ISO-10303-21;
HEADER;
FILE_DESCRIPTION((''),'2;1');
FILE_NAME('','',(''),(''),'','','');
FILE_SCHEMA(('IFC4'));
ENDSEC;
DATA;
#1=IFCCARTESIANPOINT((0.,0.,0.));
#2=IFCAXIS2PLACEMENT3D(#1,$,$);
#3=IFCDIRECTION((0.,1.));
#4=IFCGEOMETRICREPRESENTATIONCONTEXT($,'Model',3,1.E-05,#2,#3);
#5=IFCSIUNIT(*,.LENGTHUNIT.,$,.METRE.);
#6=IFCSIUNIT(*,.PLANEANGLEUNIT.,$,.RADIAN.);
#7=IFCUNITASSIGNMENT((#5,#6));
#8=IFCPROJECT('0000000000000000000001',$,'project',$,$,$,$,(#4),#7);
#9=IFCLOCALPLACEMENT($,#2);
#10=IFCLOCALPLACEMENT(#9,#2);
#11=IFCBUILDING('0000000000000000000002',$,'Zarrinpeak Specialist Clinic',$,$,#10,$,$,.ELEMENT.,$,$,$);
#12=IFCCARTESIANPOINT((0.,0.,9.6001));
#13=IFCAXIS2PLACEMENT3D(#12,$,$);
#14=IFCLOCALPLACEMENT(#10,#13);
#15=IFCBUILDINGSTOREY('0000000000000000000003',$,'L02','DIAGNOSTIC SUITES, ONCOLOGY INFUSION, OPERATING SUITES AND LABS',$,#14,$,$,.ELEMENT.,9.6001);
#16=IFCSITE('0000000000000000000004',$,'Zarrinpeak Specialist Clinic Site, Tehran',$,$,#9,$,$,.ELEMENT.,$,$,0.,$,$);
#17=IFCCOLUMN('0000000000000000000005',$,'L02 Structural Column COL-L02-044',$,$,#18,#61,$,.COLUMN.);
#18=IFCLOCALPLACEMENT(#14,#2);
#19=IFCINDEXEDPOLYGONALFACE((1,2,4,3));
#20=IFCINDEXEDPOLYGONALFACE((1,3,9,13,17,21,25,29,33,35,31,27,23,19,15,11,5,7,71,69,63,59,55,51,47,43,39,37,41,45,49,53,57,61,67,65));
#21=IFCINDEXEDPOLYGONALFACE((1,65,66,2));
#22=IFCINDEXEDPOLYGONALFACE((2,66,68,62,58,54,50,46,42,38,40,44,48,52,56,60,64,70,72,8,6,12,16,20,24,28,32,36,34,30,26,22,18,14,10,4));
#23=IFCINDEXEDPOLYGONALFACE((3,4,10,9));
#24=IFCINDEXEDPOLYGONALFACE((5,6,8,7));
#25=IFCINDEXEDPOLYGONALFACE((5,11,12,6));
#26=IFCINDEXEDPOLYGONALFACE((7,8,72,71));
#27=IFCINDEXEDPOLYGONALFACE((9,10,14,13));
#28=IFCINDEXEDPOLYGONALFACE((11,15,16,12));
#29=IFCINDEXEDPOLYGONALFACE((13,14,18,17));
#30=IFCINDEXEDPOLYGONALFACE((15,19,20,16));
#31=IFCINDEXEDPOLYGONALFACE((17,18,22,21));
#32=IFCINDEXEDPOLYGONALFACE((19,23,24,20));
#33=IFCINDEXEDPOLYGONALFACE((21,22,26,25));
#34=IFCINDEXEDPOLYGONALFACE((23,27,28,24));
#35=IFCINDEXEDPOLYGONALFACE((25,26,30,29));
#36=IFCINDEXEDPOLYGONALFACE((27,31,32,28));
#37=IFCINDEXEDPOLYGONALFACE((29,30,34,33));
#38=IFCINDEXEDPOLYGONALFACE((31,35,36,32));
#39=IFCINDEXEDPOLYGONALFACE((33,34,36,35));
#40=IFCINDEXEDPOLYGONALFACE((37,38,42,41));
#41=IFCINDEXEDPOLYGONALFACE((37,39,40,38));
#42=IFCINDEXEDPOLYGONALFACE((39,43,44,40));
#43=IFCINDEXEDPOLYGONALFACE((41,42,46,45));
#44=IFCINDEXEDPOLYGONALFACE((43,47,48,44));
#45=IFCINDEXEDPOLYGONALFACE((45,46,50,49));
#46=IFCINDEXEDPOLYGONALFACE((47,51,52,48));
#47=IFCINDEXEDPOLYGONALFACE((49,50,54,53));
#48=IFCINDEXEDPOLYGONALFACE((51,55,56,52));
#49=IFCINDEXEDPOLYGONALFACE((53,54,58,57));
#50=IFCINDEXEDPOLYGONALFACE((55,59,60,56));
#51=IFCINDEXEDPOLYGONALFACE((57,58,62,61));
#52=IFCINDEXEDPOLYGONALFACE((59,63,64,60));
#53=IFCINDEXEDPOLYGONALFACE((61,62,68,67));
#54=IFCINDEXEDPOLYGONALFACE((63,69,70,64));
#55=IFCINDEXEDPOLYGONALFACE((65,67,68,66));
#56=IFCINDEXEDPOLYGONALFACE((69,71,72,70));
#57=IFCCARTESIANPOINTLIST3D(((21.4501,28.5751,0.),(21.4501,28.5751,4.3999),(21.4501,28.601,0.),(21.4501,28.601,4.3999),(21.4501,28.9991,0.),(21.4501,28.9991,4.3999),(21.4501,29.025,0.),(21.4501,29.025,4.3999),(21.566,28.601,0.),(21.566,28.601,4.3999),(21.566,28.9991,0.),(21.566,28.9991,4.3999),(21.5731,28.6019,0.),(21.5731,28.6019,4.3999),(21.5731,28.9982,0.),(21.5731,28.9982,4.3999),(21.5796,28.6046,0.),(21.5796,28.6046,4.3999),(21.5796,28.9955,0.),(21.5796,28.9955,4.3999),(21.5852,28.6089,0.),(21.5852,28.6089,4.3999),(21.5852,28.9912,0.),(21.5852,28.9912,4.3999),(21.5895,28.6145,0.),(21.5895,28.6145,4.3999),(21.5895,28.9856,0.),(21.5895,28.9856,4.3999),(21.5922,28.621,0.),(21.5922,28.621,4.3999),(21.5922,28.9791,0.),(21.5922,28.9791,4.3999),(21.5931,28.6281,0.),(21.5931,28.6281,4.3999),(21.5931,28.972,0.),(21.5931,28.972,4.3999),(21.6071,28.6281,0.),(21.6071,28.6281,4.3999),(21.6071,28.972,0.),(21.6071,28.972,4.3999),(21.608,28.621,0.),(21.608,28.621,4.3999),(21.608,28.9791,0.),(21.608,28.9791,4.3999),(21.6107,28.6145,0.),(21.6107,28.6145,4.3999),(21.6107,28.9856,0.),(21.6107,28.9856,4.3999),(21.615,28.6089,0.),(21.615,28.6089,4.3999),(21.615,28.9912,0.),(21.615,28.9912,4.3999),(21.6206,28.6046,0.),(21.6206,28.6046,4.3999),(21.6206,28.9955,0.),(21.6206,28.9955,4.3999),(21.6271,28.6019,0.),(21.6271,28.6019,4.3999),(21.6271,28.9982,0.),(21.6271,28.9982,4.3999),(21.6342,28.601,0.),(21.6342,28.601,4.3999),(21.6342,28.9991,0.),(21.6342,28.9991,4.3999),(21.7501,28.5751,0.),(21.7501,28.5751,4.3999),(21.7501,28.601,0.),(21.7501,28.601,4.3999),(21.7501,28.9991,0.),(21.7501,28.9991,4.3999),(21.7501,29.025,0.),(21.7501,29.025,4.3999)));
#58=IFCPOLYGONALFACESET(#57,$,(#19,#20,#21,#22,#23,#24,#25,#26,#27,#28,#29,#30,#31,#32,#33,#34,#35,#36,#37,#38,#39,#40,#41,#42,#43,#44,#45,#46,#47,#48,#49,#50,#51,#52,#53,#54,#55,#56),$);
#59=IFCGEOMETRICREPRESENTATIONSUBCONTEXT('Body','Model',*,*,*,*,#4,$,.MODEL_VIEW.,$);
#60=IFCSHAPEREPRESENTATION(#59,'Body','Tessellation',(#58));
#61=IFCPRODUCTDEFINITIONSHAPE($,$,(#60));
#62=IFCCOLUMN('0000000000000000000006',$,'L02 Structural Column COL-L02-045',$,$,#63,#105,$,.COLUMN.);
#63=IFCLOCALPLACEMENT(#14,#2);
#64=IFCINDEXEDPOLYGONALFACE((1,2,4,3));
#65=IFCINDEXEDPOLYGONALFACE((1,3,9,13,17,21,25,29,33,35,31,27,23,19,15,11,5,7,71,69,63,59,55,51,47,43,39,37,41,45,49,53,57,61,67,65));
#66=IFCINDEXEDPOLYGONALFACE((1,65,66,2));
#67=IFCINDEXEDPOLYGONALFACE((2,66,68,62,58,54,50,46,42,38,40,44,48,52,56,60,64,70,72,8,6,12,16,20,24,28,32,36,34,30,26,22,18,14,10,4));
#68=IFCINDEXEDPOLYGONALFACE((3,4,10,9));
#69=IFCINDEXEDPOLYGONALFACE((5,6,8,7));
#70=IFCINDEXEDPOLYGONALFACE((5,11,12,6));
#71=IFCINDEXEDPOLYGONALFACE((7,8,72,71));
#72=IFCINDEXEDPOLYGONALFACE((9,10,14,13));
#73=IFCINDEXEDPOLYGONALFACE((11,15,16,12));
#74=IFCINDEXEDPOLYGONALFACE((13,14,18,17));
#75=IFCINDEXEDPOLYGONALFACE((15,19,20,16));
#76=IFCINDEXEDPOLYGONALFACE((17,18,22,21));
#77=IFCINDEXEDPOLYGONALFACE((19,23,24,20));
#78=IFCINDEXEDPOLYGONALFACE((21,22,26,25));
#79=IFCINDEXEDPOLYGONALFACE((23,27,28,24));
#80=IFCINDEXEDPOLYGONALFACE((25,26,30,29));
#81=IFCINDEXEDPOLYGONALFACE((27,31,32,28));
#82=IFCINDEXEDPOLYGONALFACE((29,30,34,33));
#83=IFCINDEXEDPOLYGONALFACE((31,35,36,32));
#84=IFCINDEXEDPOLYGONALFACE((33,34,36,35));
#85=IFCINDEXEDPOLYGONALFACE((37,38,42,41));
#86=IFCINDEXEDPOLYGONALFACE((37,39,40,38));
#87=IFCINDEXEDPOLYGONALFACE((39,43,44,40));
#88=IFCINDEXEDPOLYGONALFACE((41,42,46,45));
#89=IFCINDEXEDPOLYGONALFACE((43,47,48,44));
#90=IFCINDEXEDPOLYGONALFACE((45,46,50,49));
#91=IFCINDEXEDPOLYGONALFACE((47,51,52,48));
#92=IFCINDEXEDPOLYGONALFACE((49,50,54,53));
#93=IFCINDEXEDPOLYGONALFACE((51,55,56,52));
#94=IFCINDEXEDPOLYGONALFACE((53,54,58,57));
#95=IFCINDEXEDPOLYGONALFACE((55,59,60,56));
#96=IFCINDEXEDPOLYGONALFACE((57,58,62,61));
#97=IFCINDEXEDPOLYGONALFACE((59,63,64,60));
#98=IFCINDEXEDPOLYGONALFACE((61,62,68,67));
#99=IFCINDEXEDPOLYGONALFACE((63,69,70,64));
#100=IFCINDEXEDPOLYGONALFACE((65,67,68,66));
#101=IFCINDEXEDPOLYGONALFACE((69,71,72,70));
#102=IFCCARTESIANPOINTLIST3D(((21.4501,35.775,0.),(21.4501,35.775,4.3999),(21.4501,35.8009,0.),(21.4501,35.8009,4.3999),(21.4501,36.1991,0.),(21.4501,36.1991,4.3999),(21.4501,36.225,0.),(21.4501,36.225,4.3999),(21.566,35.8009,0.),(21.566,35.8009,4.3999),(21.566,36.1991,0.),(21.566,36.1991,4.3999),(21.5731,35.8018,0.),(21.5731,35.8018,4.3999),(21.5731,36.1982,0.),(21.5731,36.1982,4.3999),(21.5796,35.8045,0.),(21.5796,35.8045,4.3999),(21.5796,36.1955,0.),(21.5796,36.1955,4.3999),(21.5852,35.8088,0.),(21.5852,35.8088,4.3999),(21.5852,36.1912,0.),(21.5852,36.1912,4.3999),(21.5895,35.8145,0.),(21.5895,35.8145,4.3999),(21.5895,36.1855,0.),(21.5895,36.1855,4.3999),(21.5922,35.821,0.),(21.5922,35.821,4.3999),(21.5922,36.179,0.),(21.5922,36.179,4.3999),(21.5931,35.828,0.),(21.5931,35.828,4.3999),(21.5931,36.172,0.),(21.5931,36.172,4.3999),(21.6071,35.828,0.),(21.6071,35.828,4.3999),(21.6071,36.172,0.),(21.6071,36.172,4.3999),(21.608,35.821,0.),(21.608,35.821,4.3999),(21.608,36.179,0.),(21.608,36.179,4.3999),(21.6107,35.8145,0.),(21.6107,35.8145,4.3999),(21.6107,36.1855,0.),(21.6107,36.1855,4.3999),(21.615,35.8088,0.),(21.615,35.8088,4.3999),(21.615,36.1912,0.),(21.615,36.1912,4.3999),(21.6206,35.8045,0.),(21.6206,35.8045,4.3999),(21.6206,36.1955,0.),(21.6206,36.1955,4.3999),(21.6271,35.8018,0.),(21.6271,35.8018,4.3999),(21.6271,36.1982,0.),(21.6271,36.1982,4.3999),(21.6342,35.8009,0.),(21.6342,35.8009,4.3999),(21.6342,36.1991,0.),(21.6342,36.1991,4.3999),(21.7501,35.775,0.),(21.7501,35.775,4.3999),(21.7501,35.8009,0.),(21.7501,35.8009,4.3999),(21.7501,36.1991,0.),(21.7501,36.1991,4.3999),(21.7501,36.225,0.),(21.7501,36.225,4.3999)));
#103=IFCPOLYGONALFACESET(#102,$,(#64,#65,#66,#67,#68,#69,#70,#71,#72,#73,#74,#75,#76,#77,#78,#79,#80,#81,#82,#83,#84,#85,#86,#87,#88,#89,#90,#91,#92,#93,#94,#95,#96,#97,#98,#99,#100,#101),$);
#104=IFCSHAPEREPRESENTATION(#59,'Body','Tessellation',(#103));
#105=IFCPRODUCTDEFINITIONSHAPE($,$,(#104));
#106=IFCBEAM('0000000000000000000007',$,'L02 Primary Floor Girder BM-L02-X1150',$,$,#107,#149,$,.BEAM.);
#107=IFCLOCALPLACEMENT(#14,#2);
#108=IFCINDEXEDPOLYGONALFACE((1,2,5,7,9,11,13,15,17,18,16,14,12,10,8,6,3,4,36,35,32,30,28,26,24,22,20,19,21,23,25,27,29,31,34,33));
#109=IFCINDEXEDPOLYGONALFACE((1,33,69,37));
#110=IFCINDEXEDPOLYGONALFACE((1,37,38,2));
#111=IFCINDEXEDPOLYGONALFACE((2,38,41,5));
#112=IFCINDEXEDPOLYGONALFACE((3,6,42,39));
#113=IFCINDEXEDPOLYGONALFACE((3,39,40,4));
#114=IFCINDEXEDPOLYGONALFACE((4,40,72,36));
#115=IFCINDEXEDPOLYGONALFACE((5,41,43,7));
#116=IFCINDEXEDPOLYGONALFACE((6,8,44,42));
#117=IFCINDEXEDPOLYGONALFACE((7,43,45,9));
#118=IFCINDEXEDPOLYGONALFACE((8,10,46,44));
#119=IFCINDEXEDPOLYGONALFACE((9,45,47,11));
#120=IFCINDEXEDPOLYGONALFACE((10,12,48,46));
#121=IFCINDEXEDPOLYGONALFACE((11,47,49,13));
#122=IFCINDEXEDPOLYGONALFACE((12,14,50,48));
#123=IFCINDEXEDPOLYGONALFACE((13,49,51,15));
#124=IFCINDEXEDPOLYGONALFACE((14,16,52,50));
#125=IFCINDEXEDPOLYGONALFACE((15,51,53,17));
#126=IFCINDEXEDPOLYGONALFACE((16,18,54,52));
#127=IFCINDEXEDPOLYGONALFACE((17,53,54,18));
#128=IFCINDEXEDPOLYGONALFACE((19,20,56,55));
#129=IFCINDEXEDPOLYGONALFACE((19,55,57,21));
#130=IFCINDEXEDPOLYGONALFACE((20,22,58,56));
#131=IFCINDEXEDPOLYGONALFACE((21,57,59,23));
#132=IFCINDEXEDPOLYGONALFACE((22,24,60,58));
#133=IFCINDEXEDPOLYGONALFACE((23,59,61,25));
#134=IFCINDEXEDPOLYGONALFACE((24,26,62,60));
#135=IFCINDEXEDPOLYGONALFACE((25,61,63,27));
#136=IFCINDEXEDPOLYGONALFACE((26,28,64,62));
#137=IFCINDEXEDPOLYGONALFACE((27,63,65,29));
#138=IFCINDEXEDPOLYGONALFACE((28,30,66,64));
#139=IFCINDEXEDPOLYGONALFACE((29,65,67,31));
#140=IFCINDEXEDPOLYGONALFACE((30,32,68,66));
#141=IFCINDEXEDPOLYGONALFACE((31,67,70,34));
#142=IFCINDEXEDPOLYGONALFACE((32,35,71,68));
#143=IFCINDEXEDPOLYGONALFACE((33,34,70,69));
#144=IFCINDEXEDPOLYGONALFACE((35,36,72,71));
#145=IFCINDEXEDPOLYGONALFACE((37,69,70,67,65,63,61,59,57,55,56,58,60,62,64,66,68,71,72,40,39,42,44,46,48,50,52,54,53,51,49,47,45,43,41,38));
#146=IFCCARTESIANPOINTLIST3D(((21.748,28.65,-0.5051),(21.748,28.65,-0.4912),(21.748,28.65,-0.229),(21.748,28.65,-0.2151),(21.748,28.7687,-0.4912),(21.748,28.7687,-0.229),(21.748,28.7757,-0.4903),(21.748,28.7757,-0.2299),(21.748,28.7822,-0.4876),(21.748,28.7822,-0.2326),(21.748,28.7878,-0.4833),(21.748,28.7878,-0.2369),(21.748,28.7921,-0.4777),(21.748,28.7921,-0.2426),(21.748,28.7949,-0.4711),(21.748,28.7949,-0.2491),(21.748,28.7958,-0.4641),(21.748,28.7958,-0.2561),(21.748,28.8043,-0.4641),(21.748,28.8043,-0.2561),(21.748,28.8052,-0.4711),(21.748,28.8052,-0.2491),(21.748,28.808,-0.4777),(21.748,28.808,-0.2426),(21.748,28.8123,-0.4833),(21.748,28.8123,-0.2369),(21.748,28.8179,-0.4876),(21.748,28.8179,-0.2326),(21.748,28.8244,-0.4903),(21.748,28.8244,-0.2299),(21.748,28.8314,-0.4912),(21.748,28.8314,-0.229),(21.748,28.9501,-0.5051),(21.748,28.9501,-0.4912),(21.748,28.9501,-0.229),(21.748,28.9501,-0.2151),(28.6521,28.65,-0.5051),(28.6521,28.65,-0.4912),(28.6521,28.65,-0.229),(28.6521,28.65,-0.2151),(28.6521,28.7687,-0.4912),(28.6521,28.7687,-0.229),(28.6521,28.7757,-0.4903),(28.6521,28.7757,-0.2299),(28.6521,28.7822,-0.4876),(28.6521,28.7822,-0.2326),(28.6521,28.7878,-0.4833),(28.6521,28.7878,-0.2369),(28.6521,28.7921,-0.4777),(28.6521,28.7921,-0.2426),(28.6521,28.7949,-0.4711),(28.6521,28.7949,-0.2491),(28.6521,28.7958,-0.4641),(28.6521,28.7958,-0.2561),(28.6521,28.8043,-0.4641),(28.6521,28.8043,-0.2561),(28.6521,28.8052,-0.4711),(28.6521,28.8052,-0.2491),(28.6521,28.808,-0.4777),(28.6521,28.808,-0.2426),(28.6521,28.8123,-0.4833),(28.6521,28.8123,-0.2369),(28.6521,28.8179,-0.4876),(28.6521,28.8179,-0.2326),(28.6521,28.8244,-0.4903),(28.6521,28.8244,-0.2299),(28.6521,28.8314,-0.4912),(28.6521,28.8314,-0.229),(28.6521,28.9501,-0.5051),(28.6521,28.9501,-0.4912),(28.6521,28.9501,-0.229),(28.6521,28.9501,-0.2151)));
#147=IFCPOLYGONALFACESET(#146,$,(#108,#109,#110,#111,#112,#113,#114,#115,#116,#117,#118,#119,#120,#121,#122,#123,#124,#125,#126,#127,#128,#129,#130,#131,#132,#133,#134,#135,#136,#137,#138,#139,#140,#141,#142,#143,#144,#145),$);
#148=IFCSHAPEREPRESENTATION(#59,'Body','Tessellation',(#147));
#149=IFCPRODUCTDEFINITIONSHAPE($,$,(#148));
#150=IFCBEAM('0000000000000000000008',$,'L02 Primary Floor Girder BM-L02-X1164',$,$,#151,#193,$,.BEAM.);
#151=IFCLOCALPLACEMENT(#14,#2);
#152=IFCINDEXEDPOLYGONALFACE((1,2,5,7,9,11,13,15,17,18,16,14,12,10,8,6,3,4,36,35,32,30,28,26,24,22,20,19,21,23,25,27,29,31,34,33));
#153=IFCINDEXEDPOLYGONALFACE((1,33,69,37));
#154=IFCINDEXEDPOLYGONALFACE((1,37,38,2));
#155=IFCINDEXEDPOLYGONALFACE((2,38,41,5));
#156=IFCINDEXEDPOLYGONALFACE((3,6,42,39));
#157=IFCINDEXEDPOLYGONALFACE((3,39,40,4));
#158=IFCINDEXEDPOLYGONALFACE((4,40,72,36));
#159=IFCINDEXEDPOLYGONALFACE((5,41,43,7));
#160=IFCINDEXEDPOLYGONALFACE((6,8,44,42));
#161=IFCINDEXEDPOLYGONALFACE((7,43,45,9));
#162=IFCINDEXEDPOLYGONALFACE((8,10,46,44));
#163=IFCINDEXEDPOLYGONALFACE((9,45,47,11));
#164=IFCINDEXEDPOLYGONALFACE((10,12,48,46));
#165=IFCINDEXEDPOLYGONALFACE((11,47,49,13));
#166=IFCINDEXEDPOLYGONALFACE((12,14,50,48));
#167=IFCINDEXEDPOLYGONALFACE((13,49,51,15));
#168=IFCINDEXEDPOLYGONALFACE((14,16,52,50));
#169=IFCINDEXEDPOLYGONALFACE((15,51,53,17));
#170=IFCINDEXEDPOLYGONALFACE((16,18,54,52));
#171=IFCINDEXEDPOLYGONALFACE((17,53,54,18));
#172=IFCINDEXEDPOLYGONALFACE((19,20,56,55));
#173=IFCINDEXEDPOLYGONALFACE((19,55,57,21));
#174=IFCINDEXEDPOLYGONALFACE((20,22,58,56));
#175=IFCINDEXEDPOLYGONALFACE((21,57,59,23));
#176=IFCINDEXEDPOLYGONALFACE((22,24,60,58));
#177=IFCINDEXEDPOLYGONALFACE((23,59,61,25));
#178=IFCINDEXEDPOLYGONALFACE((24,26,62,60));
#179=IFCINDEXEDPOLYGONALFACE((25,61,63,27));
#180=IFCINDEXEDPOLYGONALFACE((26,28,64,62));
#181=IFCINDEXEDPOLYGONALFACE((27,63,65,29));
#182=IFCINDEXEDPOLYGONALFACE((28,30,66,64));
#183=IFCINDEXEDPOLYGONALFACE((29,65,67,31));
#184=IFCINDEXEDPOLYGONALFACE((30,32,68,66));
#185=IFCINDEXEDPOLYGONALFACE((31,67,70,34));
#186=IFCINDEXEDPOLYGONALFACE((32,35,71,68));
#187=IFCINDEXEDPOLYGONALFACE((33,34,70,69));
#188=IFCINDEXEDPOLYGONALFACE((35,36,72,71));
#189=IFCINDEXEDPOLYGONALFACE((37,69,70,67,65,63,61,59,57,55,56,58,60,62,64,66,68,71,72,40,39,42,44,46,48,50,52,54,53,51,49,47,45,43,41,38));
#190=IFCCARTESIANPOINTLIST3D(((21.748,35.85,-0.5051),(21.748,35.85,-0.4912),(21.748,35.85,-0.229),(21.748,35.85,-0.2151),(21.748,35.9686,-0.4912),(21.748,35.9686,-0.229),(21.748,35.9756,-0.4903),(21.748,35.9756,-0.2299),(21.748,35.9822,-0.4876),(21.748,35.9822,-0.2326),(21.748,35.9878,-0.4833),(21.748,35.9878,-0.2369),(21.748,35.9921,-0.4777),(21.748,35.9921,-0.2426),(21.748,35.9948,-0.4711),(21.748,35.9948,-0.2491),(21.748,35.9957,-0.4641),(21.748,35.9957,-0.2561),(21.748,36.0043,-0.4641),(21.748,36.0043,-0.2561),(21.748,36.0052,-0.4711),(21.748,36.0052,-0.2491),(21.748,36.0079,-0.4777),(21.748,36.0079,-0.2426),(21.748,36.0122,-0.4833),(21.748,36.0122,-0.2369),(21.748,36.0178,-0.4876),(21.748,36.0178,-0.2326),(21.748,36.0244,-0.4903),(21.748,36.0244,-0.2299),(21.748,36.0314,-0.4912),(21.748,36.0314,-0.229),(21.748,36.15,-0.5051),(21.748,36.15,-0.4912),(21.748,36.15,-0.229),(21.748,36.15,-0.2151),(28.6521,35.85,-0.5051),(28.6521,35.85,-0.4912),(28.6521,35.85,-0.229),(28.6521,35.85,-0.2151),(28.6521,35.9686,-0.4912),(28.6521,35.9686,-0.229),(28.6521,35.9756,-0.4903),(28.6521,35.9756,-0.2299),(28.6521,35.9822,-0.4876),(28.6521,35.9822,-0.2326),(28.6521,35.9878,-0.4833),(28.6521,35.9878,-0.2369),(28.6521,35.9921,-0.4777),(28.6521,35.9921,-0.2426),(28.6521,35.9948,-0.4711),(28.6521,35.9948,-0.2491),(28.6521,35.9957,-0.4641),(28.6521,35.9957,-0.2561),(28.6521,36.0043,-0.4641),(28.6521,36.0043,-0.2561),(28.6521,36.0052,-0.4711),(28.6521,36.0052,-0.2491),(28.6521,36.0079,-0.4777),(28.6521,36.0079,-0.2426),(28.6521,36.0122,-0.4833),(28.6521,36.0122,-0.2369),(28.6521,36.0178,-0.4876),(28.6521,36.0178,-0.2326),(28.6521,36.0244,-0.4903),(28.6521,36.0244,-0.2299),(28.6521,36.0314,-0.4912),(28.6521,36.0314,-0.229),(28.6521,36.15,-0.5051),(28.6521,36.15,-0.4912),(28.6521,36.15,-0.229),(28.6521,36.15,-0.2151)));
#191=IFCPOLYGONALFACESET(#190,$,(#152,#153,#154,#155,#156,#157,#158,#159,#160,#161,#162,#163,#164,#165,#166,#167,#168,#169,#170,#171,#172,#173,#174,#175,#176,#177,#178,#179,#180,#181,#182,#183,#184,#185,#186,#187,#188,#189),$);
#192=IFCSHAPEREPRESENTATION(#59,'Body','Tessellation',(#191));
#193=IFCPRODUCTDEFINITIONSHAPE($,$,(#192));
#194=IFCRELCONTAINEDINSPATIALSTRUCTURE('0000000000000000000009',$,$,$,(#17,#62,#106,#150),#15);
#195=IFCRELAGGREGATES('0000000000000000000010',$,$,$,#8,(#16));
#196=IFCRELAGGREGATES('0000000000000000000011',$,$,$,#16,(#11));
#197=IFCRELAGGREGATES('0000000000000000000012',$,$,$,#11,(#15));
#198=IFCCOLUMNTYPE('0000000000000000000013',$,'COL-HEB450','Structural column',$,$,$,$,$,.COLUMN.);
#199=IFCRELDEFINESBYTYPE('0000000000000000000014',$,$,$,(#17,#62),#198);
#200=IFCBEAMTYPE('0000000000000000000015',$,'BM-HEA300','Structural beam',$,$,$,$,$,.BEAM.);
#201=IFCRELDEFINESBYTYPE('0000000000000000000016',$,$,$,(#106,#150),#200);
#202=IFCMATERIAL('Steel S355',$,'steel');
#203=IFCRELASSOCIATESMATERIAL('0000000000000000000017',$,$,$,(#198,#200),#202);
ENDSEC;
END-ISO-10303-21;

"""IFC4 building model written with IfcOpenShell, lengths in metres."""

from ifc_helpers import new_model, si_unit, direction, frame, origin, origin_2d, place, context, subcontext, project, spatial, i_section, extrude, material, material_profile, profile_set, type_object, element, save


model = new_model("IFC4")

# Units and contexts
model_context = context("Model", 3, precision=1e-05, world=origin(), true_north=direction((0.0, 1.0)))
body_context = subcontext(model_context, "Body", "Model", "MODEL_VIEW")
ifc_project = project(units=[si_unit("LENGTHUNIT", "METRE"), si_unit("PLANEANGLEUNIT", "RADIAN")], contexts=[model_context])

# Site, building, storey
site_placement = place(None, origin())
site = spatial("IfcSite", under=ifc_project, at=site_placement, Name="Zarrinpeak Specialist Clinic Site, Tehran", CompositionType="ELEMENT", RefElevation=0.0)
building_placement = place(site_placement, origin())
building = spatial("IfcBuilding", under=site, at=building_placement, Name="Zarrinpeak Specialist Clinic", CompositionType="ELEMENT")
storey_placement = place(building_placement, frame((0.0, 0.0, 9.6001)))
storey = spatial("IfcBuildingStorey", under=building, at=storey_placement, Name="L02", Description="DIAGNOSTIC SUITES, ONCOLOGY INFUSION, OPERATING SUITES AND LABS", CompositionType="ELEMENT", Elevation=9.6001)

# Columns
ifc_material_1 = material(Name="Steel S355", Category="steel")
ifc_material_profile_1 = material_profile(ifc_material_1, i_section(OverallWidth=0.3, OverallDepth=0.45, WebThickness=0.0139, FlangeThickness=0.0259, FilletRadius=0.0271, at=origin_2d()), Name="HEB 450")
ifc_profile_set_1 = profile_set([ifc_material_profile_1], Name="Steel S355")
column_type = type_object("IfcColumnType", Name="COL-HEB450", Description="Structural column", PredefinedType="COLUMN", material=ifc_profile_set_1)
for number, where, z_axis, x_axis, name in (
    (1, (21.6001, 28.8, 0.0), (0.0, 0.0, 1.0), (1.0, 0.0, 0.0), "L02 Structural Column COL-L02-044"),
    (2, (21.6001, 36.0, 0.0), (0.0, 0.0, 1.0), (1.0, 0.0, 0.0), "L02 Structural Column COL-L02-045"),
):
    element("IfcColumn", number, at=place(storey_placement, frame(where, z_axis=z_axis, x_axis=x_axis)), inside=storey, type_object=column_type, Name=name, PredefinedType="COLUMN", context=body_context, shape_type="SweptSolid", body=[
        extrude(i_section(OverallWidth=0.3, OverallDepth=0.45, WebThickness=0.0139, FlangeThickness=0.0259, FilletRadius=0.0271, at=origin_2d()), origin(), (0.0, 0.0, 1.0), 4.3999),
    ])

# Beams
ifc_material_profile_2 = material_profile(ifc_material_1, i_section(OverallWidth=0.3, OverallDepth=0.29, WebThickness=0.0085, FlangeThickness=0.0139, FilletRadius=0.0271, at=origin_2d()), Name="HEA 300")
ifc_profile_set_2 = profile_set([ifc_material_profile_2], Name="Steel S355")
beam_type_1 = type_object("IfcBeamType", Name="BM-HEA300", Description="Structural beam", PredefinedType="BEAM", material=ifc_profile_set_2)
for number, where, z_axis, x_axis, name in (
    (3, (21.748, 28.8, -0.3601), (1.0, 0.0, 0.0), (0.0, 1.0, 0.0), "L02 Primary Floor Girder BM-L02-X1150"),
    (4, (21.748, 36.0, -0.3601), (1.0, 0.0, 0.0), (0.0, 1.0, 0.0), "L02 Primary Floor Girder BM-L02-X1164"),
):
    element("IfcBeam", number, at=place(storey_placement, frame(where, z_axis=z_axis, x_axis=x_axis)), inside=storey, type_object=beam_type_1, Name=name, PredefinedType="BEAM", context=body_context, shape_type="SweptSolid", body=[
        extrude(i_section(OverallWidth=0.3, OverallDepth=0.29, WebThickness=0.0085, FlangeThickness=0.0139, FilletRadius=0.0271, at=origin_2d()), origin(), (0.0, 0.0, 1.0), 6.9041),
    ])

save(model, "model.ifc")
